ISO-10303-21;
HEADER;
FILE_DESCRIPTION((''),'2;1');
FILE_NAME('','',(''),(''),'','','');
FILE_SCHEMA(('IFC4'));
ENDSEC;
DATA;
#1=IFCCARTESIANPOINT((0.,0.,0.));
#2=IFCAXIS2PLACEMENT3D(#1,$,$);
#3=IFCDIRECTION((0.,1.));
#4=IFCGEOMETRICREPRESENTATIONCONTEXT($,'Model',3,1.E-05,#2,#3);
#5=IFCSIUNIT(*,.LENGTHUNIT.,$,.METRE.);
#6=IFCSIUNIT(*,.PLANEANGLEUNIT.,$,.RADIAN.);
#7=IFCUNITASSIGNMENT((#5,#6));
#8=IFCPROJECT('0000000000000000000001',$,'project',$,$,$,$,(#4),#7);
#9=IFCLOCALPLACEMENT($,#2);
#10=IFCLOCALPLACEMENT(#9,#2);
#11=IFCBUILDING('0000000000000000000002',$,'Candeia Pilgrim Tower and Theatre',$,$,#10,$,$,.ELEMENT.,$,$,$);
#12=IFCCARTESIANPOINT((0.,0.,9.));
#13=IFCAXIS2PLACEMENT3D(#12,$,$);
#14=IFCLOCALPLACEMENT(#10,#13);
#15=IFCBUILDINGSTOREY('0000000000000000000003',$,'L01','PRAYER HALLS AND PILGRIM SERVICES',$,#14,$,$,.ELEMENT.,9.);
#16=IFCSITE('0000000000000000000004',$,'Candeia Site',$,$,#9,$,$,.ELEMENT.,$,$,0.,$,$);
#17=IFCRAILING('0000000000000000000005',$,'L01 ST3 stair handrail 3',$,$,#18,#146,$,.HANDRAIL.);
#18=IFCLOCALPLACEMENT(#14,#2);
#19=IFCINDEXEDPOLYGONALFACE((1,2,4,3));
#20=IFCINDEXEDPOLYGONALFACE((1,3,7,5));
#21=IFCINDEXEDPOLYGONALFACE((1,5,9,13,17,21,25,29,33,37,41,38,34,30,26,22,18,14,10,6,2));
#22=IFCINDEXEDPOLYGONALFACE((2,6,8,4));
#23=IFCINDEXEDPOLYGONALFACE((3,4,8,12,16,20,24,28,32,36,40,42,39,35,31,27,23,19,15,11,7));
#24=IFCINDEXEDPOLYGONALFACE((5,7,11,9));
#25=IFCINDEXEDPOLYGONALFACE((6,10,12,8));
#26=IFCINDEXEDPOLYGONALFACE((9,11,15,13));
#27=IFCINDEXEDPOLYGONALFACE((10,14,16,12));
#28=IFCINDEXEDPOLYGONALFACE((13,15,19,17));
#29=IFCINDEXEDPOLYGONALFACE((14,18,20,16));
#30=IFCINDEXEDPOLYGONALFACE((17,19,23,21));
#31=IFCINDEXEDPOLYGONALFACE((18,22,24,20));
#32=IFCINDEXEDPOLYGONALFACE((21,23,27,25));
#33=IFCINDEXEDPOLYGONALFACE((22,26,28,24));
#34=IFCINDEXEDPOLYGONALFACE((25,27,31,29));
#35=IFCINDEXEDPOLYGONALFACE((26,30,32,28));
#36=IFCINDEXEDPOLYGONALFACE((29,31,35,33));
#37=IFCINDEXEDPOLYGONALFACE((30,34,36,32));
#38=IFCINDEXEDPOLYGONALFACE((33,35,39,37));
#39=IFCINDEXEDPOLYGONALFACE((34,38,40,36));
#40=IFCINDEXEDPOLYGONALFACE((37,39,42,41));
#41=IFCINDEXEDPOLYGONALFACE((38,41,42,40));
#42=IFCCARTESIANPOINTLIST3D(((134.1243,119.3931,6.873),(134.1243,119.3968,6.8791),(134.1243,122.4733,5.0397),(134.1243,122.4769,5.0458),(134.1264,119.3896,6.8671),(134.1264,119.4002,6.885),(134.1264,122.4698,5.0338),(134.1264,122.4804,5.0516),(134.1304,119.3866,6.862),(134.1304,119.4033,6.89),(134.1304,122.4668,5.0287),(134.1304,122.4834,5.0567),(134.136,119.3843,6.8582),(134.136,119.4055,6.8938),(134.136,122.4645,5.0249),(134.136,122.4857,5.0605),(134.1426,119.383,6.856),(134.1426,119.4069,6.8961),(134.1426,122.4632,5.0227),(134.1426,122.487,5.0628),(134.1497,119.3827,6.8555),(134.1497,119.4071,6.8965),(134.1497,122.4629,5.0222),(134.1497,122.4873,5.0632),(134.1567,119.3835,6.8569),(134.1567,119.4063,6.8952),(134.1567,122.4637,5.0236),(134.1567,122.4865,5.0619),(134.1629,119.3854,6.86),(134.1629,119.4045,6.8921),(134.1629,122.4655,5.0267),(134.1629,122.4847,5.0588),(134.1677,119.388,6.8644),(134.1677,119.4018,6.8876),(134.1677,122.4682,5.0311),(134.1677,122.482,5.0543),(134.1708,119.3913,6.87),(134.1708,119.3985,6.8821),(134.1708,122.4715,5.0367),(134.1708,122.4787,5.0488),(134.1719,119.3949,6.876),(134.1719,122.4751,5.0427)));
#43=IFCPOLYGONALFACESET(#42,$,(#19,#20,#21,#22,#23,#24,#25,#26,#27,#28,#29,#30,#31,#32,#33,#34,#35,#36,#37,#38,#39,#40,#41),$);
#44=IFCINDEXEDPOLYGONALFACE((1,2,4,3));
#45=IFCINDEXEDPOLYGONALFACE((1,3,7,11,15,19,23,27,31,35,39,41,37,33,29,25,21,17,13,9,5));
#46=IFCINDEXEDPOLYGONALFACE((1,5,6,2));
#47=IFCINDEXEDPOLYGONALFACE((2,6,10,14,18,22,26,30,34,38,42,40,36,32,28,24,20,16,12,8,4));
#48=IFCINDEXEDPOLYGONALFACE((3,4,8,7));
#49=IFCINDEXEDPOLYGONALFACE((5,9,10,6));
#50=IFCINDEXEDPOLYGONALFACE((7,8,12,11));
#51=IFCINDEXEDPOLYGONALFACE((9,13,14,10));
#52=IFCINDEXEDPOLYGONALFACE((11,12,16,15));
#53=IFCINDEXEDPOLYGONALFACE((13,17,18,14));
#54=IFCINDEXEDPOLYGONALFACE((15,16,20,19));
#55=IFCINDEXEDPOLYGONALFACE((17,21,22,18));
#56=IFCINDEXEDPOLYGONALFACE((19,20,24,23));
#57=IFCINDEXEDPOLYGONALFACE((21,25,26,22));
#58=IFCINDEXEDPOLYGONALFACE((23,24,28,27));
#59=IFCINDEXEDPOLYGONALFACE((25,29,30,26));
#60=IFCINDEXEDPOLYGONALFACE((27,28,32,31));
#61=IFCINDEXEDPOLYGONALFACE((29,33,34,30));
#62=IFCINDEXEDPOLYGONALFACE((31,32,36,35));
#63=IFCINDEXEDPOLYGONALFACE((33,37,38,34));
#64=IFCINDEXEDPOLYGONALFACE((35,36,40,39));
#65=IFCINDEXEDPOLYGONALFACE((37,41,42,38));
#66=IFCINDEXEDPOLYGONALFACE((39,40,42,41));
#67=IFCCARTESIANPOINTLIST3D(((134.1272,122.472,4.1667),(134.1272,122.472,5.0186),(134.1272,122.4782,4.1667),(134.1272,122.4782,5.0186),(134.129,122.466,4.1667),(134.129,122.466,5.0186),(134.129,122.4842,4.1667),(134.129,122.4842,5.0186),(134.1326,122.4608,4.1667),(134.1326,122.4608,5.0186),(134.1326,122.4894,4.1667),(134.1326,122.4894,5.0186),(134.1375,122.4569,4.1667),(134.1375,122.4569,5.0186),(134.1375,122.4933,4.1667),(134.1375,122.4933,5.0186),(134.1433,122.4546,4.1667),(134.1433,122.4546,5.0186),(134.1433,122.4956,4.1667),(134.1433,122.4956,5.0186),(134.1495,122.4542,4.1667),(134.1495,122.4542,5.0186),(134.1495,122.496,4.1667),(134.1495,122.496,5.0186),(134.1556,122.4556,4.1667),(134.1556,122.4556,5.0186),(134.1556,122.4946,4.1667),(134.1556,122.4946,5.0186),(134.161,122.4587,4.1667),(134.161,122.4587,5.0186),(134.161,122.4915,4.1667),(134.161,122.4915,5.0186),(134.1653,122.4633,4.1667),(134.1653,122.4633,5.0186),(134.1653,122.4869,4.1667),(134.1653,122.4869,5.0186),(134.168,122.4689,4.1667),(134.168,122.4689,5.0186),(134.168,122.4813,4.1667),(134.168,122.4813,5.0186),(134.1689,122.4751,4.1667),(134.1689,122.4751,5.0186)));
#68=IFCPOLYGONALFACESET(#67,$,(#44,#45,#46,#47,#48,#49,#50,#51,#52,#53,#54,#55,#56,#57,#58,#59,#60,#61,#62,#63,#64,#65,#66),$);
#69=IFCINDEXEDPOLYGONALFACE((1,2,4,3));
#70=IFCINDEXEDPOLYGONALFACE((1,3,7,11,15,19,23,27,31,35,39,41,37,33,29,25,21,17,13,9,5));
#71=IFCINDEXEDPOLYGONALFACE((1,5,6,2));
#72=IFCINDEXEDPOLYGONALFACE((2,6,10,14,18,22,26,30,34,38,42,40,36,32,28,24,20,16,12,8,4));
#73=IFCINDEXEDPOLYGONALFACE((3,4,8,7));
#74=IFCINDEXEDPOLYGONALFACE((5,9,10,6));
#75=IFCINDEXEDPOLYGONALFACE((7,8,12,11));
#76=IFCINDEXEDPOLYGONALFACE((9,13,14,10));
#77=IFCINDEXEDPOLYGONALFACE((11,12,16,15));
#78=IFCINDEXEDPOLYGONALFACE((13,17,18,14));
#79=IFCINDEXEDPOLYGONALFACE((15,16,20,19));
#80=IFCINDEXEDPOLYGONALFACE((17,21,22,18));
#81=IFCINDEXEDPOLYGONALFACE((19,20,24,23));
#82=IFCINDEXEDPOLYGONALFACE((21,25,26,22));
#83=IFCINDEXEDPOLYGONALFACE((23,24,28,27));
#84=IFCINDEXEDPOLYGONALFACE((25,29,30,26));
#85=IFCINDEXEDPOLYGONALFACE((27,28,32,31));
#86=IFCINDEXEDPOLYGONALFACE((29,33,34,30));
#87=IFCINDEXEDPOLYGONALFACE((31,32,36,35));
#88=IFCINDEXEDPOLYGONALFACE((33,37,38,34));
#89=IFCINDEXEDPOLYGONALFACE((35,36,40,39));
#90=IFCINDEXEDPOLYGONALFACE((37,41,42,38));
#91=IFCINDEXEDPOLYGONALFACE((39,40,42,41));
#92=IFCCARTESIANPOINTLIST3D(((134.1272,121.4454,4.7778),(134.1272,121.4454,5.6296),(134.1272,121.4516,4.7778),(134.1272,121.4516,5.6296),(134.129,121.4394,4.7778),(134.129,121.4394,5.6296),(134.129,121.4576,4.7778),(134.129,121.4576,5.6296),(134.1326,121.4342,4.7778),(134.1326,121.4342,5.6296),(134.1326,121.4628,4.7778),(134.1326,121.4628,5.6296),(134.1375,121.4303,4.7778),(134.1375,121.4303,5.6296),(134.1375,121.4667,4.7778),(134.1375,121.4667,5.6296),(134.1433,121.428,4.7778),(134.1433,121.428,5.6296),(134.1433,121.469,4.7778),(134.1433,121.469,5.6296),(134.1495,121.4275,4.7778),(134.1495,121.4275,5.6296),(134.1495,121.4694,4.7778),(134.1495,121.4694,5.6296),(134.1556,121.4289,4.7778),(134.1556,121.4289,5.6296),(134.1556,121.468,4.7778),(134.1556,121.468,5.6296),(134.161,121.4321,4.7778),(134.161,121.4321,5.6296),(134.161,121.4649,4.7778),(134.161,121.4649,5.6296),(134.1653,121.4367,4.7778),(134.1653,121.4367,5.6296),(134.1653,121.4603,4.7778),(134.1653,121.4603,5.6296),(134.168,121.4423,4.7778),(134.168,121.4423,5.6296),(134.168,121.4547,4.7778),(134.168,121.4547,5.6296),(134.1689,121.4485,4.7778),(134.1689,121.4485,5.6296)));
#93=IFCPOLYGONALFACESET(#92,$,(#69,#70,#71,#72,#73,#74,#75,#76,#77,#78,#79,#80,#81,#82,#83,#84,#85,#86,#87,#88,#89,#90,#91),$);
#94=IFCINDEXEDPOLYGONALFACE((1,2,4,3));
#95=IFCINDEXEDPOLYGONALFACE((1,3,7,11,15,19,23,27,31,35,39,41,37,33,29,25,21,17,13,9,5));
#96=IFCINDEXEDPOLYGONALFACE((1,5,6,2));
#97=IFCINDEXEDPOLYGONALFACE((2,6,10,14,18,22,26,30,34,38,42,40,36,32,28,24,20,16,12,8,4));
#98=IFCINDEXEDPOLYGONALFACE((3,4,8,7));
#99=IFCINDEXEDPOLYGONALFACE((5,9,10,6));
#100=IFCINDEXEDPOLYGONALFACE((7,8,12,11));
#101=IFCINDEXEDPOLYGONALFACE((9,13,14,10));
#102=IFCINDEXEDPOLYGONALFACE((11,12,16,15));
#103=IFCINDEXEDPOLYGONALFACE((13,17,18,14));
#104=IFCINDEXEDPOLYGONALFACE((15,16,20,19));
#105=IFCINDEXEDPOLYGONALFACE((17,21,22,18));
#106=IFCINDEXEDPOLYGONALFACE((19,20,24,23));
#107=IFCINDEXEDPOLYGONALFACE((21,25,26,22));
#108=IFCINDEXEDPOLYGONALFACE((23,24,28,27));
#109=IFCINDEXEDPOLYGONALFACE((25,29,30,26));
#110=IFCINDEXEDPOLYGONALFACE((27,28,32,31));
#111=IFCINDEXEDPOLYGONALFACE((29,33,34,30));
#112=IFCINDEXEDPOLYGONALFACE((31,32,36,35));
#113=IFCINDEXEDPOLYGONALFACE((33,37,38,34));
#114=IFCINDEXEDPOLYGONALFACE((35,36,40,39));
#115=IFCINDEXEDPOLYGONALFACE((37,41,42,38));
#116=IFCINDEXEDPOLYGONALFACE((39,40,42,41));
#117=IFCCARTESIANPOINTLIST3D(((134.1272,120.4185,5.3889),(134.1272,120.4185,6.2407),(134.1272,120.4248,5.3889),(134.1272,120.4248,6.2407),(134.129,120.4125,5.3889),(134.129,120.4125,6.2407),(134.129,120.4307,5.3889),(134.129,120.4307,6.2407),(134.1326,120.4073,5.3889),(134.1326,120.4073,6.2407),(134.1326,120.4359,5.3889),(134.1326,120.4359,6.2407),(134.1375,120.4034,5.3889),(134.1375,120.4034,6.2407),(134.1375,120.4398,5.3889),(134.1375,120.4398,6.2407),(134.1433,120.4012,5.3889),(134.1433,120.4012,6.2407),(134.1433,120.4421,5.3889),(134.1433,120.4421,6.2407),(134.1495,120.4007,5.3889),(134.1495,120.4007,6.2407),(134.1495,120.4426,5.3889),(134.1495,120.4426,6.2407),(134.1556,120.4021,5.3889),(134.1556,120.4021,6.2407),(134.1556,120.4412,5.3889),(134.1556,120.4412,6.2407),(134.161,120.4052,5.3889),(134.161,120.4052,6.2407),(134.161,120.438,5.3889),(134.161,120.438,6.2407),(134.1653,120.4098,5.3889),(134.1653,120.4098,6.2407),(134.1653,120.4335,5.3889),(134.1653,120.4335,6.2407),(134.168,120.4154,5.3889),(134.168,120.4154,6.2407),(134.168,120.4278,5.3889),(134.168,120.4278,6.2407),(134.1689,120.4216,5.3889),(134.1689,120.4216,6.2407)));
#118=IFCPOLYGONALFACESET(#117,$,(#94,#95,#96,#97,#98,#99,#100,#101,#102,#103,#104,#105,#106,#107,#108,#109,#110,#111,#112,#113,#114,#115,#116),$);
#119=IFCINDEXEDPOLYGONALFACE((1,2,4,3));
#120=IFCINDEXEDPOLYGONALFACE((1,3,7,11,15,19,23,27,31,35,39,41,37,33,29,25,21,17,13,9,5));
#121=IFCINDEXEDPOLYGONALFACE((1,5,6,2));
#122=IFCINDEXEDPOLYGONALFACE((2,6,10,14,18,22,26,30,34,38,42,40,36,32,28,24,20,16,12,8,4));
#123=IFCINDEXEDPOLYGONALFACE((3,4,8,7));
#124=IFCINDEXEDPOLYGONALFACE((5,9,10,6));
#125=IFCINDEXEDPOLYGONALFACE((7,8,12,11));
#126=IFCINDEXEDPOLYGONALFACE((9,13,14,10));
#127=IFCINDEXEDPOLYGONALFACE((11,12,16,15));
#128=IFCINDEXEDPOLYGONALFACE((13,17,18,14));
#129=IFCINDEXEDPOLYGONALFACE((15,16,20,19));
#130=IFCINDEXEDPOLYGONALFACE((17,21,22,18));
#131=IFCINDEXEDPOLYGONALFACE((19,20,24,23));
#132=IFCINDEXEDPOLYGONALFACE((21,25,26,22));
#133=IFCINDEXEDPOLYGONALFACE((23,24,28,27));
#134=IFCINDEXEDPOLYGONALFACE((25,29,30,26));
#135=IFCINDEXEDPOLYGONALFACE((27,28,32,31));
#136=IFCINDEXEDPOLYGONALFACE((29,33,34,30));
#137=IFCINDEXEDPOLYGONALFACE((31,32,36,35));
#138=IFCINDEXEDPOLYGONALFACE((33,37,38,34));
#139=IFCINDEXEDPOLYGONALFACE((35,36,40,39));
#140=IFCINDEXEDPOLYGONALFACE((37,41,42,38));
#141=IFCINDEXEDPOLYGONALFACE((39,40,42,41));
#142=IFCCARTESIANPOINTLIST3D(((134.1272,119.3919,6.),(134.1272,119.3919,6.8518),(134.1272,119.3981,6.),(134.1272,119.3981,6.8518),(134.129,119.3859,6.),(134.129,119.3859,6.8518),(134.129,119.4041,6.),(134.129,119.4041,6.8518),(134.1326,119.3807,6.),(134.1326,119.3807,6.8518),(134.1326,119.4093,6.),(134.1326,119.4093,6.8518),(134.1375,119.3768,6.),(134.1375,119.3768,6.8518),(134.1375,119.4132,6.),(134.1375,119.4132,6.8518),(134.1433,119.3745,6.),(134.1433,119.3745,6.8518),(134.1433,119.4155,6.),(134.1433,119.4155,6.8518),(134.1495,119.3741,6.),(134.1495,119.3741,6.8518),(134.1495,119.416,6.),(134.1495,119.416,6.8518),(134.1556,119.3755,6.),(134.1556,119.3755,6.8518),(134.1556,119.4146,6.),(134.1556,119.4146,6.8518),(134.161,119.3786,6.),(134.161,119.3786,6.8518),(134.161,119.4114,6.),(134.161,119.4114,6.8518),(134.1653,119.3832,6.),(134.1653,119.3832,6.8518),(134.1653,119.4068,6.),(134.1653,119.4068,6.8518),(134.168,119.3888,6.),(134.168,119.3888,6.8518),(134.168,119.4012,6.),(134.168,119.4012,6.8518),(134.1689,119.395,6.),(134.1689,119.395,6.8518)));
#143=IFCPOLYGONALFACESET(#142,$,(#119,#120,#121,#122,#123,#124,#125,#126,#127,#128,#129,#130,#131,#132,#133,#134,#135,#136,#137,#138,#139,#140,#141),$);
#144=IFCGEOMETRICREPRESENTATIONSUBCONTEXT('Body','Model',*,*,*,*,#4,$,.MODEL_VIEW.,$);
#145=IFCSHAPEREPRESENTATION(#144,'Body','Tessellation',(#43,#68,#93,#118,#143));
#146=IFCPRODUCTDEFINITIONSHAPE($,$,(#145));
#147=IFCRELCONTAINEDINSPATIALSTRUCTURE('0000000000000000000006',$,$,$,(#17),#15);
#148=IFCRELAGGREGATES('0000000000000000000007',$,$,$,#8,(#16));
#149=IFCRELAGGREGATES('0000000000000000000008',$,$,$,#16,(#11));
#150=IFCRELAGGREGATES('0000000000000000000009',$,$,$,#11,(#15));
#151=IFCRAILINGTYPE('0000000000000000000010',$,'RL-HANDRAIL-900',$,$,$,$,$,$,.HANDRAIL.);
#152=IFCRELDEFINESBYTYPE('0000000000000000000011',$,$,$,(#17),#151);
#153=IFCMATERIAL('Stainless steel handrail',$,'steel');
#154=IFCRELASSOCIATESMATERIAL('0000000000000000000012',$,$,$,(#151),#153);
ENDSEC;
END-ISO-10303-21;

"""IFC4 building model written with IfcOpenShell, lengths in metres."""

from ifc_helpers import new_model, si_unit, direction, frame, origin, origin_2d, place, context, subcontext, project, spatial, circle, extrude, material, type_object, element, save


model = new_model("IFC4")

# Units and contexts
model_context = context("Model", 3, precision=1e-05, world=origin(), true_north=direction((0.0, 1.0)))
body_context = subcontext(model_context, "Body", "Model", "MODEL_VIEW")
ifc_project = project(units=[si_unit("LENGTHUNIT", "METRE"), si_unit("PLANEANGLEUNIT", "RADIAN")], contexts=[model_context])

# Site, building, storey
site_placement = place(None, origin())
site = spatial("IfcSite", under=ifc_project, at=site_placement, Name="Candeia Site", CompositionType="ELEMENT", RefElevation=0.0)
building_placement = place(site_placement, origin())
building = spatial("IfcBuilding", under=site, at=building_placement, Name="Candeia Pilgrim Tower and Theatre", CompositionType="ELEMENT")
storey_placement = place(building_placement, frame((0.0, 0.0, 9.0)))
storey = spatial("IfcBuildingStorey", under=building, at=storey_placement, Name="L01", Description="PRAYER HALLS AND PILGRIM SERVICES", CompositionType="ELEMENT", Elevation=9.0)

# Railing
ifc_material_1 = material(Name="Stainless steel handrail", Category="steel")
railing_type_1 = type_object("IfcRailingType", Name="RL-HANDRAIL-900", PredefinedType="HANDRAIL", material=ifc_material_1)
railing_1_placement = place(storey_placement, frame((134.1479, 122.4751, 4.1667)))
element("IfcRailing", 1, at=railing_1_placement, inside=storey, type_object=railing_type_1, Name="L01 ST3 stair handrail 3", PredefinedType="HANDRAIL", context=body_context, shape_type="SweptSolid", body=[
    extrude(circle(Radius=0.0239, at=origin_2d()), frame((0.0, 0.0, 0.876), z_axis=(0.0, -0.859309, 0.511458), x_axis=(1.0, 0.0, 0.0)), (0.0, 0.0, 1.0), 3.5845),
    extrude(circle(Radius=0.021, at=origin_2d()), origin(), (0.0, 0.0, 1.0), 0.8518),
    extrude(circle(Radius=0.021, at=origin_2d()), frame((0.0, -1.0266, 0.6111)), (0.0, 0.0, 1.0), 0.8518),
    extrude(circle(Radius=0.021, at=origin_2d()), frame((0.0, -2.0535, 1.2222)), (0.0, 0.0, 1.0), 0.8518),
    extrude(circle(Radius=0.021, at=origin_2d()), frame((0.0, -3.0801, 1.8333)), (0.0, 0.0, 1.0), 0.8518),
])

save(model, "model.ifc")
